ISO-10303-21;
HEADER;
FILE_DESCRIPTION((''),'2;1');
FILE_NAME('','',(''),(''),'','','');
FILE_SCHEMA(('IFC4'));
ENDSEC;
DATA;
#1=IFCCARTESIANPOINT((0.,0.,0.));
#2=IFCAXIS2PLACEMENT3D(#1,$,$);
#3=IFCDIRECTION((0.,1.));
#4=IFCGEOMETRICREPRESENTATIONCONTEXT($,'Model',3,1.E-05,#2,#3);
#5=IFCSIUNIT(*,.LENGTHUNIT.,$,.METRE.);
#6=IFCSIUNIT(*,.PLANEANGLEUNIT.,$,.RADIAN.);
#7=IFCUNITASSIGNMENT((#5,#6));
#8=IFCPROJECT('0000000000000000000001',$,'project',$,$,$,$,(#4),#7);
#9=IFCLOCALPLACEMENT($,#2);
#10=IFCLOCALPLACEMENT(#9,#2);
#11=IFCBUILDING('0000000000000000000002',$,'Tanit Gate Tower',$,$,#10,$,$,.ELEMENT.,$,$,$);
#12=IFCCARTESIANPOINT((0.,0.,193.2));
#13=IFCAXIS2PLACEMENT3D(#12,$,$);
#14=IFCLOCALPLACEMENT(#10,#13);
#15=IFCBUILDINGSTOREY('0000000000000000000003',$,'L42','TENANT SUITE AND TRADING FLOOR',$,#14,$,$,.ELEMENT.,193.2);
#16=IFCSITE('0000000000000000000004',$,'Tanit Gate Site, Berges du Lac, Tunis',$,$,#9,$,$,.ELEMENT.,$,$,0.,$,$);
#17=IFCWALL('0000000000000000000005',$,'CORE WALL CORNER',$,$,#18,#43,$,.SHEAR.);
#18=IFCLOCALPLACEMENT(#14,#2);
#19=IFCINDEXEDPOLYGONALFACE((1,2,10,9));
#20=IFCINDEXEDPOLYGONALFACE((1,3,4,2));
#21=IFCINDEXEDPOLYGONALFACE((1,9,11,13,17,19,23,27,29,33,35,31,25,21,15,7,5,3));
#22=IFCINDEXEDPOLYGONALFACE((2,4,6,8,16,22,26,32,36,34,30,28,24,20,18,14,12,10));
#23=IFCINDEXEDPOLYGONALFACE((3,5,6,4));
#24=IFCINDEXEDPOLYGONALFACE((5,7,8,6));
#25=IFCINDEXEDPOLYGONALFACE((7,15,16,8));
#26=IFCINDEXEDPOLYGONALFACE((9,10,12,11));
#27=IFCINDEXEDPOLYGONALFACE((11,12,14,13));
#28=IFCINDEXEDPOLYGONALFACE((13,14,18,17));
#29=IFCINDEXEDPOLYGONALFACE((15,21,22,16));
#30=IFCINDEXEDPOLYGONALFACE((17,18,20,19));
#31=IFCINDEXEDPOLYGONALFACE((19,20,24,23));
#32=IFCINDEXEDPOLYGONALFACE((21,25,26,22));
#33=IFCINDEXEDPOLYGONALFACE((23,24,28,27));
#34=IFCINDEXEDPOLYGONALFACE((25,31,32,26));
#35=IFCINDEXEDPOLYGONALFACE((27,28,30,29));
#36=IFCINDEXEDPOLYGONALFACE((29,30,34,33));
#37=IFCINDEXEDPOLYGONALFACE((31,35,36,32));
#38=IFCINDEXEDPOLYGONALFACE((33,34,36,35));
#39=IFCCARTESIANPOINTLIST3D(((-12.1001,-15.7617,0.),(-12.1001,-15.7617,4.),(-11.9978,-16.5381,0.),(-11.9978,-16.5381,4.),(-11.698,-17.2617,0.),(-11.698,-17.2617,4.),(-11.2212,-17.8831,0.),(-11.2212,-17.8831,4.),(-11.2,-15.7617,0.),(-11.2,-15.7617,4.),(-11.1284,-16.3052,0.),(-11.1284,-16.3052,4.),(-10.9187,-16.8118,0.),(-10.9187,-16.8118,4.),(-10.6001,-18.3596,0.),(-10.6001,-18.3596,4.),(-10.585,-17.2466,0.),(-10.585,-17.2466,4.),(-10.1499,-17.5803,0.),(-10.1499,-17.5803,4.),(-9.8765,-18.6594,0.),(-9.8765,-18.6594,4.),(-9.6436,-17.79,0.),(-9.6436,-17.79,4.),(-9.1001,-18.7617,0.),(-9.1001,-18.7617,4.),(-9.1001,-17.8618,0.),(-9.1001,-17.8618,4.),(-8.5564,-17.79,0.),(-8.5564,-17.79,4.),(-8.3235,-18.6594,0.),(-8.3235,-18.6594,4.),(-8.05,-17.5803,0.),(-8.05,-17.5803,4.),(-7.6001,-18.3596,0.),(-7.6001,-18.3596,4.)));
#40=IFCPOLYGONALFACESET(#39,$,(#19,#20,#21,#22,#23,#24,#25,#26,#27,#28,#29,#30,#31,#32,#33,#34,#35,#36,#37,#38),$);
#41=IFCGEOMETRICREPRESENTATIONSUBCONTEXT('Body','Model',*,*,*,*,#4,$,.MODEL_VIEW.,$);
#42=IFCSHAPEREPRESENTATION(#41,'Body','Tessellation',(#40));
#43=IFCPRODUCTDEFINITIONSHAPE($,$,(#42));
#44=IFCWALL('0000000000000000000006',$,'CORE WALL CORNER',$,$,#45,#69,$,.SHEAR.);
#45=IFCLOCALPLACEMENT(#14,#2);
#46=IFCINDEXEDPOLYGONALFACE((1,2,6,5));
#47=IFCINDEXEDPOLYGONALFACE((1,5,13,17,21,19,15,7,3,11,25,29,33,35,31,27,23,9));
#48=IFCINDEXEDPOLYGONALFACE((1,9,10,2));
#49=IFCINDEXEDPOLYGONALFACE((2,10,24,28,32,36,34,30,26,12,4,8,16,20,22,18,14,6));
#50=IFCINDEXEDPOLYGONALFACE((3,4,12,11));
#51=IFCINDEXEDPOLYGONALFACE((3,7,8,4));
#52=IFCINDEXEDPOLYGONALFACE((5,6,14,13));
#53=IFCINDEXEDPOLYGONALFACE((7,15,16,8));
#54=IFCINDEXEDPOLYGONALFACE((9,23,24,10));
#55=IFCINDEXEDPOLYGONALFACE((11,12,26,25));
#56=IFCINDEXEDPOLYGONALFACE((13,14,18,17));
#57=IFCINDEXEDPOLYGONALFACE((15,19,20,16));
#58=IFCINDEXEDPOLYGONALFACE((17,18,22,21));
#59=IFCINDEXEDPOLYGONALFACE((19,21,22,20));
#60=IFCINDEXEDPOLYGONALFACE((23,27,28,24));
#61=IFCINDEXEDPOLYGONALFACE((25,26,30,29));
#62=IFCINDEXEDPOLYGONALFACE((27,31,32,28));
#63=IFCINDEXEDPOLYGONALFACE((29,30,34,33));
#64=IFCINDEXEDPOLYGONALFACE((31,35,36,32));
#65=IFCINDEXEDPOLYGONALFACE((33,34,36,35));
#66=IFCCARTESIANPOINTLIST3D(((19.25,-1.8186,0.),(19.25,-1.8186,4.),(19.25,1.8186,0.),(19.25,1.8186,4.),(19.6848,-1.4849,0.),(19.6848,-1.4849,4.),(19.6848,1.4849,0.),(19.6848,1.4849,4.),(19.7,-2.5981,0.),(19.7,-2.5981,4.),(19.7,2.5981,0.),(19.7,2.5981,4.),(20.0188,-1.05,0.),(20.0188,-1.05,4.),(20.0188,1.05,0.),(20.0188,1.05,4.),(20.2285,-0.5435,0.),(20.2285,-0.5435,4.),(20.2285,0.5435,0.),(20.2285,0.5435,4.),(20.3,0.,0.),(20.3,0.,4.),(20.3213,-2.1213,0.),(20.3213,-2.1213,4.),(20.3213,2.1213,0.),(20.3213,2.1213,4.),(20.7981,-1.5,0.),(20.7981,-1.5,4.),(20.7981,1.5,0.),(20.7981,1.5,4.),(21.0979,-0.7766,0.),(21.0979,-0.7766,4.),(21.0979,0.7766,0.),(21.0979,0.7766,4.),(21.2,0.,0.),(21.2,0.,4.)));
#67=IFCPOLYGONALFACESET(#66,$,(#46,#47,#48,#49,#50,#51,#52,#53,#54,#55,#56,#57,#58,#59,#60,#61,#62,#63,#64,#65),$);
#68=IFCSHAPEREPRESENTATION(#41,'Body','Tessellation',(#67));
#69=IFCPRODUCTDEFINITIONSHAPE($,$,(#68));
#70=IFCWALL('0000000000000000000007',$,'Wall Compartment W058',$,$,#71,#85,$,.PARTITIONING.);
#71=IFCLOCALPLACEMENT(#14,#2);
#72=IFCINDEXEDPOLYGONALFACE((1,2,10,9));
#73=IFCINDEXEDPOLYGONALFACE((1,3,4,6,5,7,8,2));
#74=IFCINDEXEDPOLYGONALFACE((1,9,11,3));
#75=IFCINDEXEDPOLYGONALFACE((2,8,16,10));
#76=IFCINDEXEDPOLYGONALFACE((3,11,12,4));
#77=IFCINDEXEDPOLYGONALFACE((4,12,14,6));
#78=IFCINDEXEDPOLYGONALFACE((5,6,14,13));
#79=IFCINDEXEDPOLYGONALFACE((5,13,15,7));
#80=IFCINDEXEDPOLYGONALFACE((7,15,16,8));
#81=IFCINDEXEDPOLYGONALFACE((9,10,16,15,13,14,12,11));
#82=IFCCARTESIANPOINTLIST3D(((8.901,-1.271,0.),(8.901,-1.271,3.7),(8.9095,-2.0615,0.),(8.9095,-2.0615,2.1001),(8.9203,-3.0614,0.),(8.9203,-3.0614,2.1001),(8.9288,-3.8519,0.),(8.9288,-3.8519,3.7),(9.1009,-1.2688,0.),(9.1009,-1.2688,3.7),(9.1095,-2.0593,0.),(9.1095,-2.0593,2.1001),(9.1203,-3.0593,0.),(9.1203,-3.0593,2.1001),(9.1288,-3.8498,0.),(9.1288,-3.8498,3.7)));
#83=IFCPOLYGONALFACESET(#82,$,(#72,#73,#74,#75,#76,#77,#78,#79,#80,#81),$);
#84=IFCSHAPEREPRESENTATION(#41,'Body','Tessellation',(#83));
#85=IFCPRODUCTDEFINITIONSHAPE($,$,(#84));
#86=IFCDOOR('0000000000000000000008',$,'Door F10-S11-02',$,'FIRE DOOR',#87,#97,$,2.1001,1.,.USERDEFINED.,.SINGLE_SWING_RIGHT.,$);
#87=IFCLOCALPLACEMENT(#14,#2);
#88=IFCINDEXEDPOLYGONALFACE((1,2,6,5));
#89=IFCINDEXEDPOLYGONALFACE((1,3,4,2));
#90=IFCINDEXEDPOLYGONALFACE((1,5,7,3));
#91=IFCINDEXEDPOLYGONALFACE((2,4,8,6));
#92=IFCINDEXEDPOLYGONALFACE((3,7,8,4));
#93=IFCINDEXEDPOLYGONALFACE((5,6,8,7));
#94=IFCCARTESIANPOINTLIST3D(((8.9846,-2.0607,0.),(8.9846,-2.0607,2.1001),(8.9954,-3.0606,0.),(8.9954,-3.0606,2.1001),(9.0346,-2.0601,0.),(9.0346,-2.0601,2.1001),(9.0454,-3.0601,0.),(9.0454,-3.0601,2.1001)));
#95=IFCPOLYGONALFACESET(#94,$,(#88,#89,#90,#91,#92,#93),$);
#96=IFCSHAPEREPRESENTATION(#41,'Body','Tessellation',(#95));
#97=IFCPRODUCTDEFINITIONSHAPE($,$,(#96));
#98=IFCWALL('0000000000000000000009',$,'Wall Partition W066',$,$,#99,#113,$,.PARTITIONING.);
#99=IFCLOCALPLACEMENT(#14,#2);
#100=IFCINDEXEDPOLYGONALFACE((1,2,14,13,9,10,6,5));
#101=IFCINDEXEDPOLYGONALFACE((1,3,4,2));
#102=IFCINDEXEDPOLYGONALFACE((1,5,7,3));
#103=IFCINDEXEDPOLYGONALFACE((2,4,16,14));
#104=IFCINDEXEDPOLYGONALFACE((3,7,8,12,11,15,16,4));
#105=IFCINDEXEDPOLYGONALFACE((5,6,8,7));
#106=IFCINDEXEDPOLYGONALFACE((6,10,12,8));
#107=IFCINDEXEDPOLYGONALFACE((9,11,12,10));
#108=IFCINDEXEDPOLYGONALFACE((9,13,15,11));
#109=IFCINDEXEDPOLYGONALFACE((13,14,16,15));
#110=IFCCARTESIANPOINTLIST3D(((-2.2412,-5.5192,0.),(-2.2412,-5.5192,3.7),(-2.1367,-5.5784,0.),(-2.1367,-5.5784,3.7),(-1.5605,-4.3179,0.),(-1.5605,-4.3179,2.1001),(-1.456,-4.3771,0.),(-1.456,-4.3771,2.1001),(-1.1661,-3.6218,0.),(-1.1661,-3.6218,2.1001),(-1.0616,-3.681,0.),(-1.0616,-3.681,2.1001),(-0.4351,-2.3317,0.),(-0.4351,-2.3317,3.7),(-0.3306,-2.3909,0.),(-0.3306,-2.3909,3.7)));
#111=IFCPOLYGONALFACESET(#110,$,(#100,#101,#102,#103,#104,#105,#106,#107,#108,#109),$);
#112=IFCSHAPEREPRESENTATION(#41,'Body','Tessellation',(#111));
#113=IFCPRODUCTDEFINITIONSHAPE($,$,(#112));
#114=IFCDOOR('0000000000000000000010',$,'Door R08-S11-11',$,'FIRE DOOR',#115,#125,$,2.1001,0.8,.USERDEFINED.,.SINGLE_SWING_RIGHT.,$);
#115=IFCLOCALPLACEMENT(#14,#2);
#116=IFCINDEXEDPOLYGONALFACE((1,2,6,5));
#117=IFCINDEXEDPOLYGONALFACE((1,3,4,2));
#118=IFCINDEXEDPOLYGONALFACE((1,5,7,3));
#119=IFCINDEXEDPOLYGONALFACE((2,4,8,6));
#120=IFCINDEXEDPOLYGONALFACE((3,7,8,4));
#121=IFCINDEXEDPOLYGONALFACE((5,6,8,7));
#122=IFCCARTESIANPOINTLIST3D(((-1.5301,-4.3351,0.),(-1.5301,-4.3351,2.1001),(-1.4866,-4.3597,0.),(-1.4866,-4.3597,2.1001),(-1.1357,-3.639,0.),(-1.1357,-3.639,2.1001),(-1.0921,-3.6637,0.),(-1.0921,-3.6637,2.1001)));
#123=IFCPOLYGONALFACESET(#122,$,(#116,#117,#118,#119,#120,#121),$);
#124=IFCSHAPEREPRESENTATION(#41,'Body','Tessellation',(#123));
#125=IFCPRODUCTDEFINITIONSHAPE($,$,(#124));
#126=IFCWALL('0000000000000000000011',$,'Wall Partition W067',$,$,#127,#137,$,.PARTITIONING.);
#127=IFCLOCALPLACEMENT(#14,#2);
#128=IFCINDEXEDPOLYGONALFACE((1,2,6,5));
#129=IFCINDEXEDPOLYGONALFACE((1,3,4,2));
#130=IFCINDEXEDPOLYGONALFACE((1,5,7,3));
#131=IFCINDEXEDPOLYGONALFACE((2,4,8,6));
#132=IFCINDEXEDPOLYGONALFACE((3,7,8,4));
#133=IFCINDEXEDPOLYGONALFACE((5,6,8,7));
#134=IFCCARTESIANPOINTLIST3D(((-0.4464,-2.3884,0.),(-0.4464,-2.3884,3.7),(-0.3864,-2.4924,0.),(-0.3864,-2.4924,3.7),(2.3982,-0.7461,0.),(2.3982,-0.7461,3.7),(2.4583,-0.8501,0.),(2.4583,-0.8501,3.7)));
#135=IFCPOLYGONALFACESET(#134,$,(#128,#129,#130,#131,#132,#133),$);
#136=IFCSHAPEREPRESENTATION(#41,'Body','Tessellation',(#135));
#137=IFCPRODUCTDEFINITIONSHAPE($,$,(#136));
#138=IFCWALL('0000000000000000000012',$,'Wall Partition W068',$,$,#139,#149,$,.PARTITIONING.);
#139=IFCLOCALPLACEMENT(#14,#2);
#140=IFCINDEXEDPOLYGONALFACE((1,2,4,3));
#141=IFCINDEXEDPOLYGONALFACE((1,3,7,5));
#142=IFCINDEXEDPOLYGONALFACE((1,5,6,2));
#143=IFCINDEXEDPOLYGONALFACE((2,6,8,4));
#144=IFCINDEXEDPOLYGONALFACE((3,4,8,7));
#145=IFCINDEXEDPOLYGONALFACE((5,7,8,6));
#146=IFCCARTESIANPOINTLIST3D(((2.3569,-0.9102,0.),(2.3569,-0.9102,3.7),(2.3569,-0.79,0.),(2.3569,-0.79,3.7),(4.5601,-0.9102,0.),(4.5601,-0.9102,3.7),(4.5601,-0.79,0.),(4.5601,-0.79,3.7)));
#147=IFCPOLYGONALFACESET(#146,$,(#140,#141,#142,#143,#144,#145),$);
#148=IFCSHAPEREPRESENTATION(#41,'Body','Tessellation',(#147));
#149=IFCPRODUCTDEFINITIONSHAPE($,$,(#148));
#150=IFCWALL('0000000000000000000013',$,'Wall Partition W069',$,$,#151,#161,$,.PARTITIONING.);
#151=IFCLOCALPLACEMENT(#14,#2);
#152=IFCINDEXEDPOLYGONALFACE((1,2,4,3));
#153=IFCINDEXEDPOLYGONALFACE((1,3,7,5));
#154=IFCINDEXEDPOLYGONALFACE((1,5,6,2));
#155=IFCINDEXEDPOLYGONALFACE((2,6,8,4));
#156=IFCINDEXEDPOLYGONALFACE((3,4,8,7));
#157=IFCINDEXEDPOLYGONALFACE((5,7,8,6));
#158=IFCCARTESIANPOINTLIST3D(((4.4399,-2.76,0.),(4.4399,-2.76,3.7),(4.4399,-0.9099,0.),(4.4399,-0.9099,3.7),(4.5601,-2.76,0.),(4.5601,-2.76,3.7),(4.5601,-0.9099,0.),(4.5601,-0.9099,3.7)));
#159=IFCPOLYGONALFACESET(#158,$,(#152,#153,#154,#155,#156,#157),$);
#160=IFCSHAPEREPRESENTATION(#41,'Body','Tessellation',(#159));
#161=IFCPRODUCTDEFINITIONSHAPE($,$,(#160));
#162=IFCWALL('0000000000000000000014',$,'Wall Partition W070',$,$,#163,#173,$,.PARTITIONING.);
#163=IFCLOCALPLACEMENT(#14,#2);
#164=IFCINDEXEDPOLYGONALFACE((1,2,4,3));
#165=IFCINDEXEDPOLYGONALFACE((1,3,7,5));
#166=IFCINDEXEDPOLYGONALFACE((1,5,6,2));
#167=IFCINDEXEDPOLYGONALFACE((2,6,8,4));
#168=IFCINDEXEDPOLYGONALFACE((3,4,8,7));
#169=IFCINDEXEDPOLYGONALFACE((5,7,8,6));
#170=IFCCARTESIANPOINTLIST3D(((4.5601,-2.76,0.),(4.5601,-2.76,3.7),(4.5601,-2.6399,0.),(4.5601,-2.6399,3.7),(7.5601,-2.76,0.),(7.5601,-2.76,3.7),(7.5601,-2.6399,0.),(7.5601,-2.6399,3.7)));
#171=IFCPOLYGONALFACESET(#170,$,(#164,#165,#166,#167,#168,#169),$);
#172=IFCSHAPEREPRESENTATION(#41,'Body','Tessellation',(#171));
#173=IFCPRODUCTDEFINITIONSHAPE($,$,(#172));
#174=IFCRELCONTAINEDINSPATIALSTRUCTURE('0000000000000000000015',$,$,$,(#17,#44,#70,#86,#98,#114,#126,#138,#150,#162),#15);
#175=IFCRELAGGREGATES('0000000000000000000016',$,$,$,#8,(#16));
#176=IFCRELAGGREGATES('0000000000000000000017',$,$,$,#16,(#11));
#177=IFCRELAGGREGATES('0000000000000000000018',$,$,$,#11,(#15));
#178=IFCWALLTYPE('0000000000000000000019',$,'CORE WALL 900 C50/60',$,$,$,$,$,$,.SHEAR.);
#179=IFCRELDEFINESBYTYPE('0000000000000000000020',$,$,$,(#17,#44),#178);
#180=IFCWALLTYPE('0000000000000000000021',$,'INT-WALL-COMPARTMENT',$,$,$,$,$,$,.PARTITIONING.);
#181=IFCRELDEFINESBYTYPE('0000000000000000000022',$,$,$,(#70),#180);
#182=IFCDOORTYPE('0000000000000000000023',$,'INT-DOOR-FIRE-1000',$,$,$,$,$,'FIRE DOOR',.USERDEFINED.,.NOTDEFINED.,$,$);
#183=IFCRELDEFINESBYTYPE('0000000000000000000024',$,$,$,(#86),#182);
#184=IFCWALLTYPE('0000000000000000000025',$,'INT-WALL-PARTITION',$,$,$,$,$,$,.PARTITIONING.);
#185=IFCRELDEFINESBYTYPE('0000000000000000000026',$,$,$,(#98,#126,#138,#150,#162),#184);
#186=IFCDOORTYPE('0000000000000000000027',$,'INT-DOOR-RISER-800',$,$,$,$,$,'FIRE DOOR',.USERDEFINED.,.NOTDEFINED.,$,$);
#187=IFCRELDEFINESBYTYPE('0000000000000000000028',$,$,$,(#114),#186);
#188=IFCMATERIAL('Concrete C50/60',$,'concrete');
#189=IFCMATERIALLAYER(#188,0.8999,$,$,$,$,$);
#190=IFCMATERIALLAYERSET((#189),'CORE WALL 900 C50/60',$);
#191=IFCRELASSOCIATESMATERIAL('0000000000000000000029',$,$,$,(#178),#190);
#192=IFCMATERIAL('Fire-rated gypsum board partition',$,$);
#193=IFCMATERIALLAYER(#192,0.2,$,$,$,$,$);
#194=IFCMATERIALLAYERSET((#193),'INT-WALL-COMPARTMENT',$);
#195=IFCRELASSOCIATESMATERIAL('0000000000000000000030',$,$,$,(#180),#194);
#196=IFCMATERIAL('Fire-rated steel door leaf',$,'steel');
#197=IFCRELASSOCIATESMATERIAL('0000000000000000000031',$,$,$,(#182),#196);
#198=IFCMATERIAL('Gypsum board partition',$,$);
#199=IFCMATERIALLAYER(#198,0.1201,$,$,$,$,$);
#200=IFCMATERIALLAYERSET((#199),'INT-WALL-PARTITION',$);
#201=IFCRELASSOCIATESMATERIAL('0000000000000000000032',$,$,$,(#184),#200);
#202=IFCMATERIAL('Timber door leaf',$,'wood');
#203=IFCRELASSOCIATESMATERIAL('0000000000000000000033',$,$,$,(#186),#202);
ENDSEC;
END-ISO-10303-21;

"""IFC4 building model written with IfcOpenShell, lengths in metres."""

from ifc_helpers import new_model, si_unit, direction, frame, frame_2d, origin, place, context, subcontext, project, spatial, polyline, rectangle, outline, extrude, material, layer, layer_set, type_object, element, fill, save


model = new_model("IFC4")

# Units and contexts
model_context = context("Model", 3, precision=1e-05, world=origin(), true_north=direction((0.0, 1.0)))
body_context = subcontext(model_context, "Body", "Model", "MODEL_VIEW")
ifc_project = project(units=[si_unit("LENGTHUNIT", "METRE"), si_unit("PLANEANGLEUNIT", "RADIAN")], contexts=[model_context])

# Site, building, storey
site_placement = place(None, origin())
site = spatial("IfcSite", under=ifc_project, at=site_placement, Name="Tanit Gate Site, Berges du Lac, Tunis", CompositionType="ELEMENT", RefElevation=0.0)
building_placement = place(site_placement, origin())
building = spatial("IfcBuilding", under=site, at=building_placement, Name="Tanit Gate Tower", CompositionType="ELEMENT")
storey_placement = place(building_placement, frame((0.0, 0.0, 193.2)))
storey = spatial("IfcBuildingStorey", under=building, at=storey_placement, Name="L42", Description="TENANT SUITE AND TRADING FLOOR", CompositionType="ELEMENT", Elevation=193.2)

# Walls
ifc_material_1 = material(Name="Concrete C50/60", Category="concrete")
ifc_layer_1 = layer(ifc_material_1, 0.8999)
ifc_layer_set_1 = layer_set([ifc_layer_1], Name="CORE WALL 900 C50/60")
wall_type_1 = type_object("IfcWallType", Name="CORE WALL 900 C50/60", PredefinedType="SHEAR", material=ifc_layer_set_1)
wall_1_placement = place(storey_placement, origin())
element("IfcWall", 1, at=wall_1_placement, inside=storey, type_object=wall_type_1, Name="CORE WALL CORNER", PredefinedType="SHEAR", context=body_context, shape_type="SweptSolid", body=[
    extrude(outline(polyline([(-12.1001, -15.7617), (-11.9978, -16.5381), (-11.698, -17.2617), (-11.2212, -17.8831), (-10.6001, -18.3596), (-9.8765, -18.6594), (-9.1001, -18.7617), (-8.3235, -18.6594), (-7.6001, -18.3596), (-8.05, -17.5803), (-8.5564, -17.79), (-9.1001, -17.8618), (-9.6436, -17.79), (-10.1499, -17.5803), (-10.585, -17.2466), (-10.9187, -16.8118), (-11.1284, -16.3052), (-11.2, -15.7617), (-12.1001, -15.7617)])), origin(), (0.0, 0.0, 1.0), 4.0),
])
wall_2_placement = place(storey_placement, origin())
element("IfcWall", 2, at=wall_2_placement, inside=storey, type_object=wall_type_1, Name="CORE WALL CORNER", PredefinedType="SHEAR", context=body_context, shape_type="SweptSolid", body=[
    extrude(outline(polyline([(19.7, -2.5981), (20.3213, -2.1213), (20.7981, -1.5), (21.0979, -0.7766), (21.2, 0.0), (21.0979, 0.7766), (20.7981, 1.5), (20.3213, 2.1213), (19.7, 2.5981), (19.25, 1.8186), (19.6848, 1.4849), (20.0188, 1.05), (20.2285, 0.5435), (20.3, 0.0), (20.2285, -0.5435), (20.0188, -1.05), (19.6848, -1.4849), (19.25, -1.8186), (19.7, -2.5981)])), origin(), (0.0, 0.0, 1.0), 4.0),
])

# Walls, openings, doors
ifc_material_2 = material(Name="Fire-rated gypsum board partition")
ifc_layer_2 = layer(ifc_material_2, 0.2)
ifc_layer_set_2 = layer_set([ifc_layer_2], Name="INT-WALL-COMPARTMENT")
wall_type_2 = type_object("IfcWallType", Name="INT-WALL-COMPARTMENT", PredefinedType="PARTITIONING", material=ifc_layer_set_2)
wall_3_placement = place(storey_placement, frame((9.0288, -3.8508, 0.0), z_axis=(0.0, 0.0, 1.0), x_axis=(-0.010784, 0.999942, 0.0)))
wall_3 = element("IfcWall", 3, at=wall_3_placement, inside=storey, type_object=wall_type_2, Name="Wall Compartment W058", PredefinedType="PARTITIONING", context=body_context, shape_type="SweptSolid", body=[
    extrude(rectangle(XDim=2.5811, YDim=0.2, at=frame_2d((1.2905, 0.0))), origin(), (0.0, 0.0, 1.0), 3.7),
])
opening_1_placement = place(wall_3_placement, frame((0.7905, 0.0, 0.0)))
opening_1 = element("IfcOpeningElement", 4, at=opening_1_placement, cuts=wall_3, PredefinedType="OPENING", context=body_context, shape_type="SweptSolid", body=[
    extrude(rectangle(XDim=1.0, YDim=2.1001, at=frame_2d((0.5, 1.05))), frame((0.0, 0.1099, 0.0), z_axis=(0.0, -1.0, 0.0), x_axis=(1.0, 0.0, 0.0)), (0.0, 0.0, 1.0), 0.22),
])
ifc_material_3 = material(Name="Fire-rated steel door leaf", Category="steel")
door_type_1 = type_object("IfcDoorType", Name="INT-DOOR-FIRE-1000", ElementType="FIRE DOOR", OperationType="NOTDEFINED", PredefinedType="USERDEFINED", material=ifc_material_3)
door_1_placement = place(opening_1_placement, origin())
door_1 = element("IfcDoor", 5, at=door_1_placement, inside=storey, type_object=door_type_1, Name="Door F10-S11-02", ObjectType="FIRE DOOR", OperationType="SINGLE_SWING_RIGHT", OverallHeight=2.1001, OverallWidth=1.0, PredefinedType="USERDEFINED", context=body_context, shape_type="SweptSolid", body=[
    extrude(rectangle(XDim=1.0, YDim=2.1001, at=frame_2d((0.5, 1.05))), frame((0.0, 0.0249, 0.0), z_axis=(0.0, -1.0, 0.0), x_axis=(1.0, 0.0, 0.0)), (0.0, 0.0, 1.0), 0.05),
])
fill(opening_1, door_1)
ifc_material_4 = material(Name="Gypsum board partition")
ifc_layer_3 = layer(ifc_material_4, 0.1201)
ifc_layer_set_3 = layer_set([ifc_layer_3], Name="INT-WALL-PARTITION")
wall_type_3 = type_object("IfcWallType", Name="INT-WALL-PARTITION", PredefinedType="PARTITIONING", material=ifc_layer_set_3)
wall_4_placement = place(storey_placement, frame((-0.3828, -2.3613, 0.0), z_axis=(0.0, 0.0, 1.0), x_axis=(-0.492992, -0.870034, 0.0)))
wall_4 = element("IfcWall", 6, at=wall_4_placement, inside=storey, type_object=wall_type_3, Name="Wall Partition W066", PredefinedType="PARTITIONING", context=body_context, shape_type="SweptSolid", body=[
    extrude(rectangle(XDim=3.6636, YDim=0.1201, at=frame_2d((1.8318, 0.0))), origin(), (0.0, 0.0, 1.0), 3.7),
])
opening_2_placement = place(wall_4_placement, frame((1.4829, 0.0, 0.0)))
opening_2 = element("IfcOpeningElement", 7, at=opening_2_placement, cuts=wall_4, PredefinedType="OPENING", context=body_context, shape_type="SweptSolid", body=[
    extrude(rectangle(XDim=0.8, YDim=2.1001, at=frame_2d((0.3999, 1.05))), frame((0.0, 0.0701, 0.0), z_axis=(0.0, -1.0, 0.0), x_axis=(1.0, 0.0, 0.0)), (0.0, 0.0, 1.0), 0.1401),
])
ifc_material_5 = material(Name="Timber door leaf", Category="wood")
door_type_2 = type_object("IfcDoorType", Name="INT-DOOR-RISER-800", ElementType="FIRE DOOR", OperationType="NOTDEFINED", PredefinedType="USERDEFINED", material=ifc_material_5)
door_2_placement = place(opening_2_placement, origin())
door_2 = element("IfcDoor", 8, at=door_2_placement, inside=storey, type_object=door_type_2, Name="Door R08-S11-11", ObjectType="FIRE DOOR", OperationType="SINGLE_SWING_RIGHT", OverallHeight=2.1001, OverallWidth=0.8, PredefinedType="USERDEFINED", context=body_context, shape_type="SweptSolid", body=[
    extrude(rectangle(XDim=0.8, YDim=2.1001, at=frame_2d((0.3999, 1.05))), frame((0.0, 0.0249, 0.0), z_axis=(0.0, -1.0, 0.0), x_axis=(1.0, 0.0, 0.0)), (0.0, 0.0, 1.0), 0.05),
])
fill(opening_2, door_2)

# Walls
wall_5_placement = place(storey_placement, frame((2.4282, -0.7981, 0.0), z_axis=(0.0, 0.0, 1.0), x_axis=(-0.866035, -0.499984, 0.0)))
element("IfcWall", 9, at=wall_5_placement, inside=storey, type_object=wall_type_3, Name="Wall Partition W067", PredefinedType="PARTITIONING", context=body_context, shape_type="SweptSolid", body=[
    extrude(rectangle(XDim=3.2847, YDim=0.1201, at=frame_2d((1.6423, 0.0))), origin(), (0.0, 0.0, 1.0), 3.7),
])
wall_6_placement = place(storey_placement, frame((4.5601, -0.8501, 0.0), z_axis=(0.0, 0.0, 1.0), x_axis=(-1.0, 0.0, 0.0)))
element("IfcWall", 10, at=wall_6_placement, inside=storey, type_object=wall_type_3, Name="Wall Partition W068", PredefinedType="PARTITIONING", context=body_context, shape_type="SweptSolid", body=[
    extrude(rectangle(XDim=2.2031, YDim=0.1201, at=frame_2d((1.1016, 0.0))), origin(), (0.0, 0.0, 1.0), 3.7),
])
wall_7_placement = place(storey_placement, frame((4.5, -2.76, 0.0), z_axis=(0.0, 0.0, 1.0), x_axis=(0.0, 1.0, 0.0)))
element("IfcWall", 11, at=wall_7_placement, inside=storey, type_object=wall_type_3, Name="Wall Partition W069", PredefinedType="PARTITIONING", context=body_context, shape_type="SweptSolid", body=[
    extrude(rectangle(XDim=1.8501, YDim=0.1201, at=frame_2d((0.925, 0.0))), origin(), (0.0, 0.0, 1.0), 3.7),
])
wall_8_placement = place(storey_placement, frame((7.5601, -2.7, 0.0), z_axis=(0.0, 0.0, 1.0), x_axis=(-1.0, 0.0, 0.0)))
element("IfcWall", 12, at=wall_8_placement, inside=storey, type_object=wall_type_3, Name="Wall Partition W070", PredefinedType="PARTITIONING", context=body_context, shape_type="SweptSolid", body=[
    extrude(rectangle(XDim=3.0, YDim=0.1201, at=frame_2d((1.5, 0.0))), origin(), (0.0, 0.0, 1.0), 3.7),
])

save(model, "model.ifc")
